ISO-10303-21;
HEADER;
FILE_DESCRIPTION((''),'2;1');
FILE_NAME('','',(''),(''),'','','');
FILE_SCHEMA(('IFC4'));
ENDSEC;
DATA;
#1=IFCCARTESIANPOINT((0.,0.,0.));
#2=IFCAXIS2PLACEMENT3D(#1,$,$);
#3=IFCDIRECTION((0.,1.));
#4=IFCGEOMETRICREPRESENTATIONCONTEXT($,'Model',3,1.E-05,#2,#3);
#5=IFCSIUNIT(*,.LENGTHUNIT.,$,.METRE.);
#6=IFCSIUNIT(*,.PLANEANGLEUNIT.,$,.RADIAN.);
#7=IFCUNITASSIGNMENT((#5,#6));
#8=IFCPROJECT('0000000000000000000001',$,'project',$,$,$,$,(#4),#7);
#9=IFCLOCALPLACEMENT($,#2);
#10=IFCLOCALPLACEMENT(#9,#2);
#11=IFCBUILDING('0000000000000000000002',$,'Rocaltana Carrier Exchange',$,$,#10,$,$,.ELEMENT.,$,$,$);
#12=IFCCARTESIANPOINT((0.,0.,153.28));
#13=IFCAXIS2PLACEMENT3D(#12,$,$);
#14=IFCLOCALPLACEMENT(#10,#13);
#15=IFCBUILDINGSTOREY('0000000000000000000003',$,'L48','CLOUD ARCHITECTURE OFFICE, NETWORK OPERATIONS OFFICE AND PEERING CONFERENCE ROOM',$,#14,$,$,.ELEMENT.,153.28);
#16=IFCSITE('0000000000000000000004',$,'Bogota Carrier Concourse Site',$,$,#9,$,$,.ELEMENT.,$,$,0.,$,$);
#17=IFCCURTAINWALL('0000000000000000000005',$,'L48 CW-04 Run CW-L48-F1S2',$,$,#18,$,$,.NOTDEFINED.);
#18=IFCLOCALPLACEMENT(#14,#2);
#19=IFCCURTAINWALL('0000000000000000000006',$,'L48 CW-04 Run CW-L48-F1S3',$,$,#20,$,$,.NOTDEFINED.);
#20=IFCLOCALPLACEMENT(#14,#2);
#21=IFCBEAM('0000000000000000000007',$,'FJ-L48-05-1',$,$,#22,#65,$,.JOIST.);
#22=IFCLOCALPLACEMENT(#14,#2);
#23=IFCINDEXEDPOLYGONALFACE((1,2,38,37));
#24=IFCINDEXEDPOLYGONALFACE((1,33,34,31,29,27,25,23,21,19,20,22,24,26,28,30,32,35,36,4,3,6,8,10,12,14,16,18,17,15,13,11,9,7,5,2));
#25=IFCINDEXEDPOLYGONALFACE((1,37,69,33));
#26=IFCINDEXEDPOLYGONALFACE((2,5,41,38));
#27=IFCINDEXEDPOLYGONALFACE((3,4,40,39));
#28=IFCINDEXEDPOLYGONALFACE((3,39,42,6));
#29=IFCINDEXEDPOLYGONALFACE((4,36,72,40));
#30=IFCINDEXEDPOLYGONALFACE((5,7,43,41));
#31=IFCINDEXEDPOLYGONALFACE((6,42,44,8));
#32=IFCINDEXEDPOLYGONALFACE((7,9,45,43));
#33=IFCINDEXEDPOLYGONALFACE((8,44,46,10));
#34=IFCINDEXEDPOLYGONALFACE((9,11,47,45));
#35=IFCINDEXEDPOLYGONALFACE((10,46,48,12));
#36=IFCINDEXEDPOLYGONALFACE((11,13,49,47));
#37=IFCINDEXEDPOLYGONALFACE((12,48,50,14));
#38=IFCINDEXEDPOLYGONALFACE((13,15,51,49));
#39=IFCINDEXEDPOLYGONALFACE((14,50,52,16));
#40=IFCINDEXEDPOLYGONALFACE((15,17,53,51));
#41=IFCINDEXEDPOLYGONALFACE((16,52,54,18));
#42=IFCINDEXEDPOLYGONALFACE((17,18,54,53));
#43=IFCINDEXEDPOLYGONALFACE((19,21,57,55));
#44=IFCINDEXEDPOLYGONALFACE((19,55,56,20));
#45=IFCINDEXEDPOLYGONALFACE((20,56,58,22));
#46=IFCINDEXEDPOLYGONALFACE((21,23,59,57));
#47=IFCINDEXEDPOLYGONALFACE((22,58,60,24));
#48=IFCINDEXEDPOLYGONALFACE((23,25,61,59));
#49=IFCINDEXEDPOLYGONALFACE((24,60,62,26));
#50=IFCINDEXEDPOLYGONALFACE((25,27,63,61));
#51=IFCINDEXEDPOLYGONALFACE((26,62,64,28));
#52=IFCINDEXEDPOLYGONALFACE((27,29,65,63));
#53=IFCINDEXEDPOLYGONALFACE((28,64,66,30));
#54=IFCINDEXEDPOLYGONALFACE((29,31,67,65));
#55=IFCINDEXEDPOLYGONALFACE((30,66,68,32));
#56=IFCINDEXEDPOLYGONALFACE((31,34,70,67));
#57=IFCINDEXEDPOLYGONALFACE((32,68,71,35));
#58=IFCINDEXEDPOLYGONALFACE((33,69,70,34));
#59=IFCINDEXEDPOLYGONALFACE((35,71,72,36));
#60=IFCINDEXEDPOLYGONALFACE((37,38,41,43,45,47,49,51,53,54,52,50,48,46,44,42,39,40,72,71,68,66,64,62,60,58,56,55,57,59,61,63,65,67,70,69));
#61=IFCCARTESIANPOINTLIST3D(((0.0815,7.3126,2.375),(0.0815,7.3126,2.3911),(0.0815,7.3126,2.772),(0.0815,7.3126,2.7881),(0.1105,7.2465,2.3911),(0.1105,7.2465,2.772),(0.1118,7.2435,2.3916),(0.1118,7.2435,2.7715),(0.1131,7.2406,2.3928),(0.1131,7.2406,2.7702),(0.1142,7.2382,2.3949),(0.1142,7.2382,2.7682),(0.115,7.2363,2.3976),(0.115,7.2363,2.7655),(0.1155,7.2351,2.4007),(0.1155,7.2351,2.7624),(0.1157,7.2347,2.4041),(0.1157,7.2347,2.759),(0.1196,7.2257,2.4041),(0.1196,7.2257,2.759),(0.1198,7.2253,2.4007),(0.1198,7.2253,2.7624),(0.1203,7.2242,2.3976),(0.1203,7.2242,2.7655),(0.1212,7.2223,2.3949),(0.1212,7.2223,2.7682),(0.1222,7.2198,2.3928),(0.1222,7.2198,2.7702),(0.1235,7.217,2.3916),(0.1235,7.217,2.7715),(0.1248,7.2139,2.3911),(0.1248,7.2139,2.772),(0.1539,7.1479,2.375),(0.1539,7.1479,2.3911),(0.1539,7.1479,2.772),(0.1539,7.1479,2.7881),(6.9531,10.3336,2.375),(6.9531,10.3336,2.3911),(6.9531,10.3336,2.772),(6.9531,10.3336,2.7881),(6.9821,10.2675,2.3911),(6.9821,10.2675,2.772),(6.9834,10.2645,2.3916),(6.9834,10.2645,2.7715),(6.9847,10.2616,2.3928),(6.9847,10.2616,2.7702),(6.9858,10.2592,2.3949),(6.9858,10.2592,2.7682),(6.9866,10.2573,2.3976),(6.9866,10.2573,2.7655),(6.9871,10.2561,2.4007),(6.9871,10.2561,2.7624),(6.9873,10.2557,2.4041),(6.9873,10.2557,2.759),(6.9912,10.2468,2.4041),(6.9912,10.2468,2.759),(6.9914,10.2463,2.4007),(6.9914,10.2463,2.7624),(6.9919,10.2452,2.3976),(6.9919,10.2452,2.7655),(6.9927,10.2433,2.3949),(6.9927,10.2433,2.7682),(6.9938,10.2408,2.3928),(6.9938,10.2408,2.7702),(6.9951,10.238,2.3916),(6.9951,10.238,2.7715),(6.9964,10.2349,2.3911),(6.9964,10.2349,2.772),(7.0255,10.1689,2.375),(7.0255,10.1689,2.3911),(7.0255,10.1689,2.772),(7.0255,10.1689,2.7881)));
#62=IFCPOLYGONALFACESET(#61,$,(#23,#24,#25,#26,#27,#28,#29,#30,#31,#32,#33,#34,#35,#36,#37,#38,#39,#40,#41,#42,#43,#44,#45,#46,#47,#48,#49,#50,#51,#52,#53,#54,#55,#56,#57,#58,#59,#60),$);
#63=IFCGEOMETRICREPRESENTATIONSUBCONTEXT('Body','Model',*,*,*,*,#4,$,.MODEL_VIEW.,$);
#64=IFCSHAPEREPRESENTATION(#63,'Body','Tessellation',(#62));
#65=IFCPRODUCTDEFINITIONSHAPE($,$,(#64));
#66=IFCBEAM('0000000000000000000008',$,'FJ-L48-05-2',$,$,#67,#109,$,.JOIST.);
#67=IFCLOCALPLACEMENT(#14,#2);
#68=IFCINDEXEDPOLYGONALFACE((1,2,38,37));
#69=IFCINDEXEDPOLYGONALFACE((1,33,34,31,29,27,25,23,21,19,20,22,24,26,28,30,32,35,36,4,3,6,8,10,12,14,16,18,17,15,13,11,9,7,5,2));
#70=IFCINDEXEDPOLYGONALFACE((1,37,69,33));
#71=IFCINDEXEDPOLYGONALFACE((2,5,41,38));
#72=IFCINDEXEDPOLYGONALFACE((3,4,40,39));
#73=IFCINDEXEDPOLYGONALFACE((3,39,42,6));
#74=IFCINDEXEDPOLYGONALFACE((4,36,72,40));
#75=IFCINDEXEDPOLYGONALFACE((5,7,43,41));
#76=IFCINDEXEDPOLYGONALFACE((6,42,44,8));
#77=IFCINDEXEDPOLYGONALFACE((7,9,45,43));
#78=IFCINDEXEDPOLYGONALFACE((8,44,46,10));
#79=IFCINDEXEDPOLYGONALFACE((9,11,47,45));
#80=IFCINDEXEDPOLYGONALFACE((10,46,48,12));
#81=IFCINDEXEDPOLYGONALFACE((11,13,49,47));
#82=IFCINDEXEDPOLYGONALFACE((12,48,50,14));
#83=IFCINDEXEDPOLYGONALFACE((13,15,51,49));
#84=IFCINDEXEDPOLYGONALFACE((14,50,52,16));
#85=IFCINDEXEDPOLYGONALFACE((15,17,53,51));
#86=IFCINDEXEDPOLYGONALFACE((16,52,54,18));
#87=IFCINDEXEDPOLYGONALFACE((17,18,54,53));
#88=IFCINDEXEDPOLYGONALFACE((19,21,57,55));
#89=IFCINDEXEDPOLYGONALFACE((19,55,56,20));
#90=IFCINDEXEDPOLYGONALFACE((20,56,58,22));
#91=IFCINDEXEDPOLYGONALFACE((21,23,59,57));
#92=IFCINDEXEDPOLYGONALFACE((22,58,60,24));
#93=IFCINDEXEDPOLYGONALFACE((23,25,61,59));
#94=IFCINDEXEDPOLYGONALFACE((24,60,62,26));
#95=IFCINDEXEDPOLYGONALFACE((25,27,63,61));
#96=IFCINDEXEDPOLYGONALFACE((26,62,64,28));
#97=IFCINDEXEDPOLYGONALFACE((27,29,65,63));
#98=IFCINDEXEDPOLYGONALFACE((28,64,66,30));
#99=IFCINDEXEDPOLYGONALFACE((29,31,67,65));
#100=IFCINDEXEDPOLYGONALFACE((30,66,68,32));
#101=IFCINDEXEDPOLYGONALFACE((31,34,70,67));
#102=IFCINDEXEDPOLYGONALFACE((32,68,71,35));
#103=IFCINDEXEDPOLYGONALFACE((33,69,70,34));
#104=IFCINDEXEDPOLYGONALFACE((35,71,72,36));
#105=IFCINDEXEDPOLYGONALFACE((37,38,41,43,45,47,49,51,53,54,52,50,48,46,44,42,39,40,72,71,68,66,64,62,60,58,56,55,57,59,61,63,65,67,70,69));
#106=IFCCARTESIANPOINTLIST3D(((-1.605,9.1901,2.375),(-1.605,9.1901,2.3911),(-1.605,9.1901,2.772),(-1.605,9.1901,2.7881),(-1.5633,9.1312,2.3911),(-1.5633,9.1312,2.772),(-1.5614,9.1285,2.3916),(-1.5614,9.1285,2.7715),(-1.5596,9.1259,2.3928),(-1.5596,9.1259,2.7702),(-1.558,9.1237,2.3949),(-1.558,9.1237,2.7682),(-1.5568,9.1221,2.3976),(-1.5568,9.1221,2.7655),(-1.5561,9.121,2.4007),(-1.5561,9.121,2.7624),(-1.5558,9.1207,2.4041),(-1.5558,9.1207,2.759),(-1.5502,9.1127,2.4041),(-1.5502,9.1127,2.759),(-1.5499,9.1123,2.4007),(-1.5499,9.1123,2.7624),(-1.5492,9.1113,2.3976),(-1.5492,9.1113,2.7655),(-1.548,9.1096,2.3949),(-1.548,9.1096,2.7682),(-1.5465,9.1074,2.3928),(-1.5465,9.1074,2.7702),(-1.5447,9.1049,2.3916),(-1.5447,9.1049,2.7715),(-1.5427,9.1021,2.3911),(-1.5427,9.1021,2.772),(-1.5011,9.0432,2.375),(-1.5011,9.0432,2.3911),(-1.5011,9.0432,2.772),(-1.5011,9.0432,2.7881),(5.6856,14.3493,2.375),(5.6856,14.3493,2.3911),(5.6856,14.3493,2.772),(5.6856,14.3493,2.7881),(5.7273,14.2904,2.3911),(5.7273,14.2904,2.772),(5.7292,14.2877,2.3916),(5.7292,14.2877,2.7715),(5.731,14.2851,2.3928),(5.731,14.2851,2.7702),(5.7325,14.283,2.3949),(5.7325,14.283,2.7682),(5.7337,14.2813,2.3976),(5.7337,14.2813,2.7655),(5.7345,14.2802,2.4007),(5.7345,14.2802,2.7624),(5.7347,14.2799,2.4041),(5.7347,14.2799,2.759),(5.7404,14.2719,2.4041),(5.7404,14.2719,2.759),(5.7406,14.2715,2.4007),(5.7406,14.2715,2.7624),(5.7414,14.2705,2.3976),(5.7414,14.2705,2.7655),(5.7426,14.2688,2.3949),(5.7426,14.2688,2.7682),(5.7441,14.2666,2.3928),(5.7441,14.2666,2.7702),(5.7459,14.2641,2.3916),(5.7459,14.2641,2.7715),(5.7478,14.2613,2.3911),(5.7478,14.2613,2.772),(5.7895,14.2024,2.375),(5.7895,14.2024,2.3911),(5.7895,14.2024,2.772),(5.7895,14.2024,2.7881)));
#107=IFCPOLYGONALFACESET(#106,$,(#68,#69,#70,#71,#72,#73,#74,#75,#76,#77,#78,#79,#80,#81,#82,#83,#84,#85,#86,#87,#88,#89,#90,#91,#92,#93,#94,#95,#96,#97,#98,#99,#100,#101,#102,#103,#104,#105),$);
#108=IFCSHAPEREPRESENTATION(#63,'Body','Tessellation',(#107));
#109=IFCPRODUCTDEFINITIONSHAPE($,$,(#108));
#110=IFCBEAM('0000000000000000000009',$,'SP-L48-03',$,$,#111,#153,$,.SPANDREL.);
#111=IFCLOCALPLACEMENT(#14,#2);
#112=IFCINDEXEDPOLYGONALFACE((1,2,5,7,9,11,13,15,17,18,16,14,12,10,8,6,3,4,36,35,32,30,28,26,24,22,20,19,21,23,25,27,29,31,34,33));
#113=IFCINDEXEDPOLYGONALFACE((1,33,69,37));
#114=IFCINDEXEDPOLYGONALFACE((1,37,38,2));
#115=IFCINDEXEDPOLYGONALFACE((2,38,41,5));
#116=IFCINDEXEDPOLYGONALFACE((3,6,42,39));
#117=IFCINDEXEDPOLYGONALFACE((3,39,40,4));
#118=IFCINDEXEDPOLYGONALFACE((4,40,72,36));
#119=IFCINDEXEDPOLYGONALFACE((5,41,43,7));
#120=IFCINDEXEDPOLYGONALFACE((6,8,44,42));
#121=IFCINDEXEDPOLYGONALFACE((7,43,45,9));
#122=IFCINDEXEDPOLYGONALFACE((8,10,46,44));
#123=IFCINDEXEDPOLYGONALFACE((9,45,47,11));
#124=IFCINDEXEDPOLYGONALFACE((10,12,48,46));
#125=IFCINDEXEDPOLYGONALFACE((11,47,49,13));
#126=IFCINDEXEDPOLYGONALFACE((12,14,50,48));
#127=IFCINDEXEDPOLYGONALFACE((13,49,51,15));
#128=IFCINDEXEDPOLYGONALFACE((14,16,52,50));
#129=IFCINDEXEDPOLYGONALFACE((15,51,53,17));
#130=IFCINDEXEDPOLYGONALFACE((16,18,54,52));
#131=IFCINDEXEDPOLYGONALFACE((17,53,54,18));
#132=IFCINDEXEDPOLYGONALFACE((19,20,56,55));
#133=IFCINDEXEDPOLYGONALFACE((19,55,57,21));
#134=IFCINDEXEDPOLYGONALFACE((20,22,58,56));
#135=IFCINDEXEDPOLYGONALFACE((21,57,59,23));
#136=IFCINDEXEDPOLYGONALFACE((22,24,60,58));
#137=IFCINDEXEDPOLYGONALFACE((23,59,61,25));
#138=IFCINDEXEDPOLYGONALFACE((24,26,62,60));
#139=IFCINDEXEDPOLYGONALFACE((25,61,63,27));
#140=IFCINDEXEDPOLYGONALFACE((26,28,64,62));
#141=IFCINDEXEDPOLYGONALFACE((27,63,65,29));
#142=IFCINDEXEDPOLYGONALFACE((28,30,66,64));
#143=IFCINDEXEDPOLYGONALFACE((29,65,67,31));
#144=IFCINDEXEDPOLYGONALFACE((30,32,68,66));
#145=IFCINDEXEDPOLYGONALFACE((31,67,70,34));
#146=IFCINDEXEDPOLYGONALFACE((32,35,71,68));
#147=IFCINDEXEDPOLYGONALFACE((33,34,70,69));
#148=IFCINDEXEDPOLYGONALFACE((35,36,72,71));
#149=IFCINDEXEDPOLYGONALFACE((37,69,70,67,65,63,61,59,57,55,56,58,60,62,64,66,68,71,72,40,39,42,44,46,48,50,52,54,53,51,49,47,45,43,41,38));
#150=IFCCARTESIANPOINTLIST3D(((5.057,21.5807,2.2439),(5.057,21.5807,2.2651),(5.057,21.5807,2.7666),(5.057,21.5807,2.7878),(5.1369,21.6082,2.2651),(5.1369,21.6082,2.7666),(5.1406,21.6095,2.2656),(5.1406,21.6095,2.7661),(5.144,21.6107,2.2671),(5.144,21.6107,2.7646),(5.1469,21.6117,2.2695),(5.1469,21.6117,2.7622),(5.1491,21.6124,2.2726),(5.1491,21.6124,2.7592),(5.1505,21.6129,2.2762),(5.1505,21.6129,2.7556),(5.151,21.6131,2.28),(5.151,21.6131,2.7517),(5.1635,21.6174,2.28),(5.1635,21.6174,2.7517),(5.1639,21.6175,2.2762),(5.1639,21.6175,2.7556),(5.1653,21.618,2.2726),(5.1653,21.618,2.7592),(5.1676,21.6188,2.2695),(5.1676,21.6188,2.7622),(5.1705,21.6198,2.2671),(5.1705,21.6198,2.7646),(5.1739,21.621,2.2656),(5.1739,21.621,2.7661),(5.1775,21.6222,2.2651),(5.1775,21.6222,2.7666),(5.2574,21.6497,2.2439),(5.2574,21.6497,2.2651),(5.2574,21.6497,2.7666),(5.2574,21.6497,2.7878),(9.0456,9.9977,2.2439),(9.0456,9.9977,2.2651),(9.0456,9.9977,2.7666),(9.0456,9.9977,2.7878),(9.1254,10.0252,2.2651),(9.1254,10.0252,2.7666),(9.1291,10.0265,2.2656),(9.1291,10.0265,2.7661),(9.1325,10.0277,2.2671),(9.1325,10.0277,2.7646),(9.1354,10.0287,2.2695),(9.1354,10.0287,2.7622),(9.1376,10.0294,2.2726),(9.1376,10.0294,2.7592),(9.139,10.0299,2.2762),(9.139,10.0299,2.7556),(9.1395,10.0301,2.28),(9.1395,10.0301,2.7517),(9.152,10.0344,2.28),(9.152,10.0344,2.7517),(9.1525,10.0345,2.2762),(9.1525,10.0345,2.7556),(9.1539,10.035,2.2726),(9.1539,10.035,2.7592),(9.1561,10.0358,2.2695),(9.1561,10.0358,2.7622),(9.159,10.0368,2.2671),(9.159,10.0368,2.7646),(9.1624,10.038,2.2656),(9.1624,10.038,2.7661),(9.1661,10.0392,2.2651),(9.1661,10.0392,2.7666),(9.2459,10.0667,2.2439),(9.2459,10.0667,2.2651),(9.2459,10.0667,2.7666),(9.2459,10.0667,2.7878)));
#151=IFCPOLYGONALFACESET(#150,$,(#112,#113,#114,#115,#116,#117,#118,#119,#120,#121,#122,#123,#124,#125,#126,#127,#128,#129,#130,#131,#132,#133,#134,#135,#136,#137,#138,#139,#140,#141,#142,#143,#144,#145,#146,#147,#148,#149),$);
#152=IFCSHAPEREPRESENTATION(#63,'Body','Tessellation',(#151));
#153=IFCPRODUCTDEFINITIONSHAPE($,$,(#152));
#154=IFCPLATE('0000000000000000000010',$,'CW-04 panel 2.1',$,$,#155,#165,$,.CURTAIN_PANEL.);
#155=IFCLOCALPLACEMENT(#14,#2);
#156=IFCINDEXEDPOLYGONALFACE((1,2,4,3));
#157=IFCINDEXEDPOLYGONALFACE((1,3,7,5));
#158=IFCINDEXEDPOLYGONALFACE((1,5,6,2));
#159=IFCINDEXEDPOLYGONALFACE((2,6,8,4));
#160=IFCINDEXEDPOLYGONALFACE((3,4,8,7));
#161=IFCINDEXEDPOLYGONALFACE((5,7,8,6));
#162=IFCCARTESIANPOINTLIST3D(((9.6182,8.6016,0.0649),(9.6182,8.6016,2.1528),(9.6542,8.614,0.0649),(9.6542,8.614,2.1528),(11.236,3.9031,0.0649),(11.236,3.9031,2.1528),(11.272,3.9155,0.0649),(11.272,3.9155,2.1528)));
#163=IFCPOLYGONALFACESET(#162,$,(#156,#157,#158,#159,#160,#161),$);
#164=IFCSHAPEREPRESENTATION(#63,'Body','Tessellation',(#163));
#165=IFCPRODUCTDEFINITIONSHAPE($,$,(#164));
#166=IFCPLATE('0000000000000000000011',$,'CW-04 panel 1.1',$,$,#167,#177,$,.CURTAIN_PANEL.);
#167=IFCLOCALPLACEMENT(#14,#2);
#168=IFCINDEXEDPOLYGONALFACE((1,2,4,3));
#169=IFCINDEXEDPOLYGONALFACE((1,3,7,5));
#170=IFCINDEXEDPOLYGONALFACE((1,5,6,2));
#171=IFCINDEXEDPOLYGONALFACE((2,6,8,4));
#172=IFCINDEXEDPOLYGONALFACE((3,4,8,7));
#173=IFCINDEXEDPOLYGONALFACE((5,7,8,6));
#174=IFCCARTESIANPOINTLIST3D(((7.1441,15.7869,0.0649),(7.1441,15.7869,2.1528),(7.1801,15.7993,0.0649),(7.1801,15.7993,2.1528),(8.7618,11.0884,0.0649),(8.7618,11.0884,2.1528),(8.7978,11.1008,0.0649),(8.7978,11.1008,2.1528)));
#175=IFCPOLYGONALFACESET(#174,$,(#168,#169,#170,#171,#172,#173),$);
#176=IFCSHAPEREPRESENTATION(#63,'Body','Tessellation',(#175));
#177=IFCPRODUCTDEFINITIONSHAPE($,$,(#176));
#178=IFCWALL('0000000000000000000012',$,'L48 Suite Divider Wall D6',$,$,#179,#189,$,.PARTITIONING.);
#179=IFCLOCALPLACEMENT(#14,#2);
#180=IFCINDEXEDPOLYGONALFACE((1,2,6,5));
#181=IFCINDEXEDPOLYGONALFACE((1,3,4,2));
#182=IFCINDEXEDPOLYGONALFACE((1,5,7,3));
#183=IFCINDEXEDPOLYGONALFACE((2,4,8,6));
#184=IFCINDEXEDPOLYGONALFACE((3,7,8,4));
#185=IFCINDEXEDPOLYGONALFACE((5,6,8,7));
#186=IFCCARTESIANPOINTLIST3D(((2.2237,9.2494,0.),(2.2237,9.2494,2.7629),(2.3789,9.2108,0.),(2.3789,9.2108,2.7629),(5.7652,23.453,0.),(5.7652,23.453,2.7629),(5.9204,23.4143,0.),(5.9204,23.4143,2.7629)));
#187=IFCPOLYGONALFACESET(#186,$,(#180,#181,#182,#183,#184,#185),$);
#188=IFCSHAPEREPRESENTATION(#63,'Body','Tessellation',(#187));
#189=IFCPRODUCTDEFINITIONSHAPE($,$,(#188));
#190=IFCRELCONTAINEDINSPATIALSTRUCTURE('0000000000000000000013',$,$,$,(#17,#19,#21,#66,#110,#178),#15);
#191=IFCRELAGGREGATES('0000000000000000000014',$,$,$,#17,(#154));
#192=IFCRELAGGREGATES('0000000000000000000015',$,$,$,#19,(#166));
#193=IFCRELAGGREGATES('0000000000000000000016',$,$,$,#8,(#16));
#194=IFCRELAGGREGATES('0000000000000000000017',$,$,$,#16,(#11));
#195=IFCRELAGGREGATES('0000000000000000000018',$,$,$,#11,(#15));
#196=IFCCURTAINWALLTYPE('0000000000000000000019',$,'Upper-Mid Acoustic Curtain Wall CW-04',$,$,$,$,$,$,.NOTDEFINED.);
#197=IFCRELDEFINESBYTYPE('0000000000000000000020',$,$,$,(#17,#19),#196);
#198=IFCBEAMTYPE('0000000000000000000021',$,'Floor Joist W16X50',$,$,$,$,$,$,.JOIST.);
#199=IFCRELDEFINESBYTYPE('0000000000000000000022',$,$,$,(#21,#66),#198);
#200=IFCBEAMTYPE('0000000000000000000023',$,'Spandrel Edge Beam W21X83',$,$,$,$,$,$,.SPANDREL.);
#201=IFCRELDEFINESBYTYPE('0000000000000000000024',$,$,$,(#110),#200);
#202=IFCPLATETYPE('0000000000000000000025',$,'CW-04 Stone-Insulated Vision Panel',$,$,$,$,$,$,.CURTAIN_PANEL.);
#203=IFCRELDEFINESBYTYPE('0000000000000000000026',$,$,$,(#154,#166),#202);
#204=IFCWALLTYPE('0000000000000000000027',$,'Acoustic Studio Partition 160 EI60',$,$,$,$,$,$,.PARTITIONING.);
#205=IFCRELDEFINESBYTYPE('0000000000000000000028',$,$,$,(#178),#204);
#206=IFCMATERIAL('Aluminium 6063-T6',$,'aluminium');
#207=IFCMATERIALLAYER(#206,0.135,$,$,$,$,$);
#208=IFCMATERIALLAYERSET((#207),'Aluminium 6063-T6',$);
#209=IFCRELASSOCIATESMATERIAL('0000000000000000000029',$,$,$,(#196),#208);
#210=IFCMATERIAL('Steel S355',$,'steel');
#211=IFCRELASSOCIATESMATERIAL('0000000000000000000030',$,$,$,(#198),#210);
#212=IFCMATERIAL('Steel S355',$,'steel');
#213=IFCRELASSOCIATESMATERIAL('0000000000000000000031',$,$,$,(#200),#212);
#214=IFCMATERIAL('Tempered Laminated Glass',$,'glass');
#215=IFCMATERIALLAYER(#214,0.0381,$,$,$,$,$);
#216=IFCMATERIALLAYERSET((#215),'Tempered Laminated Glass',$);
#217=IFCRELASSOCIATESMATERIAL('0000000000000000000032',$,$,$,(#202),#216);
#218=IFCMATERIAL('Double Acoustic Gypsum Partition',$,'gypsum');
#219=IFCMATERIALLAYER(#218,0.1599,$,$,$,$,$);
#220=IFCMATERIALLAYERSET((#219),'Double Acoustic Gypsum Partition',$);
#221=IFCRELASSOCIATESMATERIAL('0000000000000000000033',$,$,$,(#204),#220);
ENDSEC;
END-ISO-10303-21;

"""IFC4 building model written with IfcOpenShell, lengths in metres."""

from ifc_helpers import new_model, si_unit, direction, frame, frame_2d, origin, origin_2d, place, context, subcontext, project, spatial, rectangle, i_section, extrude, material, layer, layer_set, material_profile, profile_set, type_object, element, aggregate, save


model = new_model("IFC4")

# Units and contexts
model_context = context("Model", 3, precision=1e-05, world=origin(), true_north=direction((0.0, 1.0)))
body_context = subcontext(model_context, "Body", "Model", "MODEL_VIEW")
ifc_project = project(units=[si_unit("LENGTHUNIT", "METRE"), si_unit("PLANEANGLEUNIT", "RADIAN")], contexts=[model_context])

# Site, building, storey
site_placement = place(None, origin())
site = spatial("IfcSite", under=ifc_project, at=site_placement, Name="Bogota Carrier Concourse Site", CompositionType="ELEMENT", RefElevation=0.0)
building_placement = place(site_placement, origin())
building = spatial("IfcBuilding", under=site, at=building_placement, Name="Rocaltana Carrier Exchange", CompositionType="ELEMENT")
storey_placement = place(building_placement, frame((0.0, 0.0, 153.28)))
storey = spatial("IfcBuildingStorey", under=building, at=storey_placement, Name="L48", Description="CLOUD ARCHITECTURE OFFICE, NETWORK OPERATIONS OFFICE AND PEERING CONFERENCE ROOM", CompositionType="ELEMENT", Elevation=153.28)

# Curtain wall
ifc_material_1 = material(Name="Aluminium 6063-T6", Category="aluminium")
ifc_layer_1 = layer(ifc_material_1, 0.135)
ifc_layer_set_1 = layer_set([ifc_layer_1], Name="Aluminium 6063-T6")
curtain_wall_type = type_object("IfcCurtainWallType", Name="Upper-Mid Acoustic Curtain Wall CW-04", PredefinedType="NOTDEFINED", material=ifc_layer_set_1)
curtain_wall_1_placement = place(storey_placement, origin())
curtain_wall_1 = element("IfcCurtainWall", 1, at=curtain_wall_1_placement, inside=storey, type_object=curtain_wall_type, Name="L48 CW-04 Run CW-L48-F1S2", PredefinedType="NOTDEFINED")

# Curtain wall
curtain_wall_2_placement = place(storey_placement, origin())
curtain_wall_2 = element("IfcCurtainWall", 2, at=curtain_wall_2_placement, inside=storey, type_object=curtain_wall_type, Name="L48 CW-04 Run CW-L48-F1S3", PredefinedType="NOTDEFINED")

# Beams
ifc_material_2 = material(Name="Steel S355", Category="steel")
ifc_material_profile_1 = material_profile(ifc_material_2, i_section(OverallWidth=0.1799, OverallDepth=0.4131, WebThickness=0.0098, FlangeThickness=0.0161, FilletRadius=0.0129, at=origin_2d()), Name="W16X50")
ifc_profile_set_1 = profile_set([ifc_material_profile_1], Name="Steel S355")
beam_type_1 = type_object("IfcBeamType", Name="Floor Joist W16X50", PredefinedType="JOIST", material=ifc_profile_set_1)
beam_1_placement = place(storey_placement, frame((6.9893, 10.2512, 2.5815), z_axis=(-0.915438, -0.40246, 0.0), x_axis=(0.40246, -0.915438, 0.0)))
element("IfcBeam", 3, at=beam_1_placement, inside=storey, type_object=beam_type_1, Name="FJ-L48-05-1", PredefinedType="JOIST", context=body_context, shape_type="SweptSolid", body=[
    extrude(i_section(OverallWidth=0.1799, OverallDepth=0.4131, WebThickness=0.0098, FlangeThickness=0.0161, FilletRadius=0.0129, at=origin_2d()), origin(), (0.0, 0.0, 1.0), 7.5063),
])
beam_2_placement = place(storey_placement, frame((5.7375, 14.2759, 2.5815), z_axis=(-0.816285, -0.577649, 0.0), x_axis=(0.577649, -0.816285, 0.0)))
element("IfcBeam", 4, at=beam_2_placement, inside=storey, type_object=beam_type_1, Name="FJ-L48-05-2", PredefinedType="JOIST", context=body_context, shape_type="SweptSolid", body=[
    extrude(i_section(OverallWidth=0.1799, OverallDepth=0.4131, WebThickness=0.0098, FlangeThickness=0.0161, FilletRadius=0.0129, at=origin_2d()), origin(), (0.0, 0.0, 1.0), 8.9314),
])
ifc_material_3 = material(Name="Steel S355", Category="steel")
ifc_material_profile_2 = material_profile(ifc_material_3, i_section(OverallWidth=0.2119, OverallDepth=0.5439, WebThickness=0.0132, FlangeThickness=0.0212, FilletRadius=0.0149, at=origin_2d()), Name="W21X83")
ifc_profile_set_2 = profile_set([ifc_material_profile_2], Name="Steel S355")
beam_type_2 = type_object("IfcBeamType", Name="Spandrel Edge Beam W21X83", PredefinedType="SPANDREL", material=ifc_profile_set_2)
beam_3_placement = place(storey_placement, frame((9.1458, 10.0322, 2.5159), z_axis=(-0.325581, 0.945514, 0.0), x_axis=(-0.945514, -0.325581, 0.0)))
element("IfcBeam", 5, at=beam_3_placement, inside=storey, type_object=beam_type_2, Name="SP-L48-03", PredefinedType="SPANDREL", context=body_context, shape_type="SweptSolid", body=[
    extrude(i_section(OverallWidth=0.2119, OverallDepth=0.5439, WebThickness=0.0132, FlangeThickness=0.0212, FilletRadius=0.0149, at=origin_2d()), origin(), (0.0, 0.0, 1.0), 12.2505),
])

# Plates
ifc_material_4 = material(Name="Tempered Laminated Glass", Category="glass")
ifc_layer_2 = layer(ifc_material_4, 0.0381)
ifc_layer_set_2 = layer_set([ifc_layer_2], Name="Tempered Laminated Glass")
plate_type = type_object("IfcPlateType", Name="CW-04 Stone-Insulated Vision Panel", PredefinedType="CURTAIN_PANEL", material=ifc_layer_set_2)
plate_1_placement = place(storey_placement, frame((10.4451, 6.2585, 0.0649), z_axis=(0.0, 0.0, 1.0), x_axis=(-0.325562, 0.945521, 0.0)))
plate_1 = element("IfcPlate", 6, at=plate_1_placement, type_object=plate_type, Name="CW-04 panel 2.1", PredefinedType="CURTAIN_PANEL", context=body_context, shape_type="SweptSolid", body=[
    extrude(rectangle(XDim=4.9692, YDim=0.0381, at=origin_2d()), origin(), (0.0, 0.0, 1.0), 2.0879),
])
aggregate(curtain_wall_1, [plate_1])
plate_2_placement = place(storey_placement, frame((7.9709, 13.4438, 0.0649), z_axis=(0.0, 0.0, 1.0), x_axis=(-0.325559, 0.945522, 0.0)))
plate_2 = element("IfcPlate", 7, at=plate_2_placement, type_object=plate_type, Name="CW-04 panel 1.1", PredefinedType="CURTAIN_PANEL", context=body_context, shape_type="SweptSolid", body=[
    extrude(rectangle(XDim=4.9692, YDim=0.0381, at=origin_2d()), origin(), (0.0, 0.0, 1.0), 2.0879),
])
aggregate(curtain_wall_2, [plate_2])

# Wall
ifc_material_5 = material(Name="Double Acoustic Gypsum Partition", Category="gypsum")
ifc_layer_3 = layer(ifc_material_5, 0.1599)
ifc_layer_set_3 = layer_set([ifc_layer_3], Name="Double Acoustic Gypsum Partition")
wall_type_1 = type_object("IfcWallType", Name="Acoustic Studio Partition 160 EI60", PredefinedType="PARTITIONING", material=ifc_layer_set_3)
wall_1_placement = place(storey_placement, frame((2.3013, 9.23, 0.0), z_axis=(0.0, 0.0, 1.0), x_axis=(0.241931, 0.970293, 0.0)))
element("IfcWall", 8, at=wall_1_placement, inside=storey, type_object=wall_type_1, Name="L48 Suite Divider Wall D6", PredefinedType="PARTITIONING", context=body_context, shape_type="SweptSolid", body=[
    extrude(rectangle(XDim=14.6384, YDim=0.1599, at=frame_2d((7.3193, 0.0))), origin(), (0.0, 0.0, 1.0), 2.7629),
])

save(model, "model.ifc")
